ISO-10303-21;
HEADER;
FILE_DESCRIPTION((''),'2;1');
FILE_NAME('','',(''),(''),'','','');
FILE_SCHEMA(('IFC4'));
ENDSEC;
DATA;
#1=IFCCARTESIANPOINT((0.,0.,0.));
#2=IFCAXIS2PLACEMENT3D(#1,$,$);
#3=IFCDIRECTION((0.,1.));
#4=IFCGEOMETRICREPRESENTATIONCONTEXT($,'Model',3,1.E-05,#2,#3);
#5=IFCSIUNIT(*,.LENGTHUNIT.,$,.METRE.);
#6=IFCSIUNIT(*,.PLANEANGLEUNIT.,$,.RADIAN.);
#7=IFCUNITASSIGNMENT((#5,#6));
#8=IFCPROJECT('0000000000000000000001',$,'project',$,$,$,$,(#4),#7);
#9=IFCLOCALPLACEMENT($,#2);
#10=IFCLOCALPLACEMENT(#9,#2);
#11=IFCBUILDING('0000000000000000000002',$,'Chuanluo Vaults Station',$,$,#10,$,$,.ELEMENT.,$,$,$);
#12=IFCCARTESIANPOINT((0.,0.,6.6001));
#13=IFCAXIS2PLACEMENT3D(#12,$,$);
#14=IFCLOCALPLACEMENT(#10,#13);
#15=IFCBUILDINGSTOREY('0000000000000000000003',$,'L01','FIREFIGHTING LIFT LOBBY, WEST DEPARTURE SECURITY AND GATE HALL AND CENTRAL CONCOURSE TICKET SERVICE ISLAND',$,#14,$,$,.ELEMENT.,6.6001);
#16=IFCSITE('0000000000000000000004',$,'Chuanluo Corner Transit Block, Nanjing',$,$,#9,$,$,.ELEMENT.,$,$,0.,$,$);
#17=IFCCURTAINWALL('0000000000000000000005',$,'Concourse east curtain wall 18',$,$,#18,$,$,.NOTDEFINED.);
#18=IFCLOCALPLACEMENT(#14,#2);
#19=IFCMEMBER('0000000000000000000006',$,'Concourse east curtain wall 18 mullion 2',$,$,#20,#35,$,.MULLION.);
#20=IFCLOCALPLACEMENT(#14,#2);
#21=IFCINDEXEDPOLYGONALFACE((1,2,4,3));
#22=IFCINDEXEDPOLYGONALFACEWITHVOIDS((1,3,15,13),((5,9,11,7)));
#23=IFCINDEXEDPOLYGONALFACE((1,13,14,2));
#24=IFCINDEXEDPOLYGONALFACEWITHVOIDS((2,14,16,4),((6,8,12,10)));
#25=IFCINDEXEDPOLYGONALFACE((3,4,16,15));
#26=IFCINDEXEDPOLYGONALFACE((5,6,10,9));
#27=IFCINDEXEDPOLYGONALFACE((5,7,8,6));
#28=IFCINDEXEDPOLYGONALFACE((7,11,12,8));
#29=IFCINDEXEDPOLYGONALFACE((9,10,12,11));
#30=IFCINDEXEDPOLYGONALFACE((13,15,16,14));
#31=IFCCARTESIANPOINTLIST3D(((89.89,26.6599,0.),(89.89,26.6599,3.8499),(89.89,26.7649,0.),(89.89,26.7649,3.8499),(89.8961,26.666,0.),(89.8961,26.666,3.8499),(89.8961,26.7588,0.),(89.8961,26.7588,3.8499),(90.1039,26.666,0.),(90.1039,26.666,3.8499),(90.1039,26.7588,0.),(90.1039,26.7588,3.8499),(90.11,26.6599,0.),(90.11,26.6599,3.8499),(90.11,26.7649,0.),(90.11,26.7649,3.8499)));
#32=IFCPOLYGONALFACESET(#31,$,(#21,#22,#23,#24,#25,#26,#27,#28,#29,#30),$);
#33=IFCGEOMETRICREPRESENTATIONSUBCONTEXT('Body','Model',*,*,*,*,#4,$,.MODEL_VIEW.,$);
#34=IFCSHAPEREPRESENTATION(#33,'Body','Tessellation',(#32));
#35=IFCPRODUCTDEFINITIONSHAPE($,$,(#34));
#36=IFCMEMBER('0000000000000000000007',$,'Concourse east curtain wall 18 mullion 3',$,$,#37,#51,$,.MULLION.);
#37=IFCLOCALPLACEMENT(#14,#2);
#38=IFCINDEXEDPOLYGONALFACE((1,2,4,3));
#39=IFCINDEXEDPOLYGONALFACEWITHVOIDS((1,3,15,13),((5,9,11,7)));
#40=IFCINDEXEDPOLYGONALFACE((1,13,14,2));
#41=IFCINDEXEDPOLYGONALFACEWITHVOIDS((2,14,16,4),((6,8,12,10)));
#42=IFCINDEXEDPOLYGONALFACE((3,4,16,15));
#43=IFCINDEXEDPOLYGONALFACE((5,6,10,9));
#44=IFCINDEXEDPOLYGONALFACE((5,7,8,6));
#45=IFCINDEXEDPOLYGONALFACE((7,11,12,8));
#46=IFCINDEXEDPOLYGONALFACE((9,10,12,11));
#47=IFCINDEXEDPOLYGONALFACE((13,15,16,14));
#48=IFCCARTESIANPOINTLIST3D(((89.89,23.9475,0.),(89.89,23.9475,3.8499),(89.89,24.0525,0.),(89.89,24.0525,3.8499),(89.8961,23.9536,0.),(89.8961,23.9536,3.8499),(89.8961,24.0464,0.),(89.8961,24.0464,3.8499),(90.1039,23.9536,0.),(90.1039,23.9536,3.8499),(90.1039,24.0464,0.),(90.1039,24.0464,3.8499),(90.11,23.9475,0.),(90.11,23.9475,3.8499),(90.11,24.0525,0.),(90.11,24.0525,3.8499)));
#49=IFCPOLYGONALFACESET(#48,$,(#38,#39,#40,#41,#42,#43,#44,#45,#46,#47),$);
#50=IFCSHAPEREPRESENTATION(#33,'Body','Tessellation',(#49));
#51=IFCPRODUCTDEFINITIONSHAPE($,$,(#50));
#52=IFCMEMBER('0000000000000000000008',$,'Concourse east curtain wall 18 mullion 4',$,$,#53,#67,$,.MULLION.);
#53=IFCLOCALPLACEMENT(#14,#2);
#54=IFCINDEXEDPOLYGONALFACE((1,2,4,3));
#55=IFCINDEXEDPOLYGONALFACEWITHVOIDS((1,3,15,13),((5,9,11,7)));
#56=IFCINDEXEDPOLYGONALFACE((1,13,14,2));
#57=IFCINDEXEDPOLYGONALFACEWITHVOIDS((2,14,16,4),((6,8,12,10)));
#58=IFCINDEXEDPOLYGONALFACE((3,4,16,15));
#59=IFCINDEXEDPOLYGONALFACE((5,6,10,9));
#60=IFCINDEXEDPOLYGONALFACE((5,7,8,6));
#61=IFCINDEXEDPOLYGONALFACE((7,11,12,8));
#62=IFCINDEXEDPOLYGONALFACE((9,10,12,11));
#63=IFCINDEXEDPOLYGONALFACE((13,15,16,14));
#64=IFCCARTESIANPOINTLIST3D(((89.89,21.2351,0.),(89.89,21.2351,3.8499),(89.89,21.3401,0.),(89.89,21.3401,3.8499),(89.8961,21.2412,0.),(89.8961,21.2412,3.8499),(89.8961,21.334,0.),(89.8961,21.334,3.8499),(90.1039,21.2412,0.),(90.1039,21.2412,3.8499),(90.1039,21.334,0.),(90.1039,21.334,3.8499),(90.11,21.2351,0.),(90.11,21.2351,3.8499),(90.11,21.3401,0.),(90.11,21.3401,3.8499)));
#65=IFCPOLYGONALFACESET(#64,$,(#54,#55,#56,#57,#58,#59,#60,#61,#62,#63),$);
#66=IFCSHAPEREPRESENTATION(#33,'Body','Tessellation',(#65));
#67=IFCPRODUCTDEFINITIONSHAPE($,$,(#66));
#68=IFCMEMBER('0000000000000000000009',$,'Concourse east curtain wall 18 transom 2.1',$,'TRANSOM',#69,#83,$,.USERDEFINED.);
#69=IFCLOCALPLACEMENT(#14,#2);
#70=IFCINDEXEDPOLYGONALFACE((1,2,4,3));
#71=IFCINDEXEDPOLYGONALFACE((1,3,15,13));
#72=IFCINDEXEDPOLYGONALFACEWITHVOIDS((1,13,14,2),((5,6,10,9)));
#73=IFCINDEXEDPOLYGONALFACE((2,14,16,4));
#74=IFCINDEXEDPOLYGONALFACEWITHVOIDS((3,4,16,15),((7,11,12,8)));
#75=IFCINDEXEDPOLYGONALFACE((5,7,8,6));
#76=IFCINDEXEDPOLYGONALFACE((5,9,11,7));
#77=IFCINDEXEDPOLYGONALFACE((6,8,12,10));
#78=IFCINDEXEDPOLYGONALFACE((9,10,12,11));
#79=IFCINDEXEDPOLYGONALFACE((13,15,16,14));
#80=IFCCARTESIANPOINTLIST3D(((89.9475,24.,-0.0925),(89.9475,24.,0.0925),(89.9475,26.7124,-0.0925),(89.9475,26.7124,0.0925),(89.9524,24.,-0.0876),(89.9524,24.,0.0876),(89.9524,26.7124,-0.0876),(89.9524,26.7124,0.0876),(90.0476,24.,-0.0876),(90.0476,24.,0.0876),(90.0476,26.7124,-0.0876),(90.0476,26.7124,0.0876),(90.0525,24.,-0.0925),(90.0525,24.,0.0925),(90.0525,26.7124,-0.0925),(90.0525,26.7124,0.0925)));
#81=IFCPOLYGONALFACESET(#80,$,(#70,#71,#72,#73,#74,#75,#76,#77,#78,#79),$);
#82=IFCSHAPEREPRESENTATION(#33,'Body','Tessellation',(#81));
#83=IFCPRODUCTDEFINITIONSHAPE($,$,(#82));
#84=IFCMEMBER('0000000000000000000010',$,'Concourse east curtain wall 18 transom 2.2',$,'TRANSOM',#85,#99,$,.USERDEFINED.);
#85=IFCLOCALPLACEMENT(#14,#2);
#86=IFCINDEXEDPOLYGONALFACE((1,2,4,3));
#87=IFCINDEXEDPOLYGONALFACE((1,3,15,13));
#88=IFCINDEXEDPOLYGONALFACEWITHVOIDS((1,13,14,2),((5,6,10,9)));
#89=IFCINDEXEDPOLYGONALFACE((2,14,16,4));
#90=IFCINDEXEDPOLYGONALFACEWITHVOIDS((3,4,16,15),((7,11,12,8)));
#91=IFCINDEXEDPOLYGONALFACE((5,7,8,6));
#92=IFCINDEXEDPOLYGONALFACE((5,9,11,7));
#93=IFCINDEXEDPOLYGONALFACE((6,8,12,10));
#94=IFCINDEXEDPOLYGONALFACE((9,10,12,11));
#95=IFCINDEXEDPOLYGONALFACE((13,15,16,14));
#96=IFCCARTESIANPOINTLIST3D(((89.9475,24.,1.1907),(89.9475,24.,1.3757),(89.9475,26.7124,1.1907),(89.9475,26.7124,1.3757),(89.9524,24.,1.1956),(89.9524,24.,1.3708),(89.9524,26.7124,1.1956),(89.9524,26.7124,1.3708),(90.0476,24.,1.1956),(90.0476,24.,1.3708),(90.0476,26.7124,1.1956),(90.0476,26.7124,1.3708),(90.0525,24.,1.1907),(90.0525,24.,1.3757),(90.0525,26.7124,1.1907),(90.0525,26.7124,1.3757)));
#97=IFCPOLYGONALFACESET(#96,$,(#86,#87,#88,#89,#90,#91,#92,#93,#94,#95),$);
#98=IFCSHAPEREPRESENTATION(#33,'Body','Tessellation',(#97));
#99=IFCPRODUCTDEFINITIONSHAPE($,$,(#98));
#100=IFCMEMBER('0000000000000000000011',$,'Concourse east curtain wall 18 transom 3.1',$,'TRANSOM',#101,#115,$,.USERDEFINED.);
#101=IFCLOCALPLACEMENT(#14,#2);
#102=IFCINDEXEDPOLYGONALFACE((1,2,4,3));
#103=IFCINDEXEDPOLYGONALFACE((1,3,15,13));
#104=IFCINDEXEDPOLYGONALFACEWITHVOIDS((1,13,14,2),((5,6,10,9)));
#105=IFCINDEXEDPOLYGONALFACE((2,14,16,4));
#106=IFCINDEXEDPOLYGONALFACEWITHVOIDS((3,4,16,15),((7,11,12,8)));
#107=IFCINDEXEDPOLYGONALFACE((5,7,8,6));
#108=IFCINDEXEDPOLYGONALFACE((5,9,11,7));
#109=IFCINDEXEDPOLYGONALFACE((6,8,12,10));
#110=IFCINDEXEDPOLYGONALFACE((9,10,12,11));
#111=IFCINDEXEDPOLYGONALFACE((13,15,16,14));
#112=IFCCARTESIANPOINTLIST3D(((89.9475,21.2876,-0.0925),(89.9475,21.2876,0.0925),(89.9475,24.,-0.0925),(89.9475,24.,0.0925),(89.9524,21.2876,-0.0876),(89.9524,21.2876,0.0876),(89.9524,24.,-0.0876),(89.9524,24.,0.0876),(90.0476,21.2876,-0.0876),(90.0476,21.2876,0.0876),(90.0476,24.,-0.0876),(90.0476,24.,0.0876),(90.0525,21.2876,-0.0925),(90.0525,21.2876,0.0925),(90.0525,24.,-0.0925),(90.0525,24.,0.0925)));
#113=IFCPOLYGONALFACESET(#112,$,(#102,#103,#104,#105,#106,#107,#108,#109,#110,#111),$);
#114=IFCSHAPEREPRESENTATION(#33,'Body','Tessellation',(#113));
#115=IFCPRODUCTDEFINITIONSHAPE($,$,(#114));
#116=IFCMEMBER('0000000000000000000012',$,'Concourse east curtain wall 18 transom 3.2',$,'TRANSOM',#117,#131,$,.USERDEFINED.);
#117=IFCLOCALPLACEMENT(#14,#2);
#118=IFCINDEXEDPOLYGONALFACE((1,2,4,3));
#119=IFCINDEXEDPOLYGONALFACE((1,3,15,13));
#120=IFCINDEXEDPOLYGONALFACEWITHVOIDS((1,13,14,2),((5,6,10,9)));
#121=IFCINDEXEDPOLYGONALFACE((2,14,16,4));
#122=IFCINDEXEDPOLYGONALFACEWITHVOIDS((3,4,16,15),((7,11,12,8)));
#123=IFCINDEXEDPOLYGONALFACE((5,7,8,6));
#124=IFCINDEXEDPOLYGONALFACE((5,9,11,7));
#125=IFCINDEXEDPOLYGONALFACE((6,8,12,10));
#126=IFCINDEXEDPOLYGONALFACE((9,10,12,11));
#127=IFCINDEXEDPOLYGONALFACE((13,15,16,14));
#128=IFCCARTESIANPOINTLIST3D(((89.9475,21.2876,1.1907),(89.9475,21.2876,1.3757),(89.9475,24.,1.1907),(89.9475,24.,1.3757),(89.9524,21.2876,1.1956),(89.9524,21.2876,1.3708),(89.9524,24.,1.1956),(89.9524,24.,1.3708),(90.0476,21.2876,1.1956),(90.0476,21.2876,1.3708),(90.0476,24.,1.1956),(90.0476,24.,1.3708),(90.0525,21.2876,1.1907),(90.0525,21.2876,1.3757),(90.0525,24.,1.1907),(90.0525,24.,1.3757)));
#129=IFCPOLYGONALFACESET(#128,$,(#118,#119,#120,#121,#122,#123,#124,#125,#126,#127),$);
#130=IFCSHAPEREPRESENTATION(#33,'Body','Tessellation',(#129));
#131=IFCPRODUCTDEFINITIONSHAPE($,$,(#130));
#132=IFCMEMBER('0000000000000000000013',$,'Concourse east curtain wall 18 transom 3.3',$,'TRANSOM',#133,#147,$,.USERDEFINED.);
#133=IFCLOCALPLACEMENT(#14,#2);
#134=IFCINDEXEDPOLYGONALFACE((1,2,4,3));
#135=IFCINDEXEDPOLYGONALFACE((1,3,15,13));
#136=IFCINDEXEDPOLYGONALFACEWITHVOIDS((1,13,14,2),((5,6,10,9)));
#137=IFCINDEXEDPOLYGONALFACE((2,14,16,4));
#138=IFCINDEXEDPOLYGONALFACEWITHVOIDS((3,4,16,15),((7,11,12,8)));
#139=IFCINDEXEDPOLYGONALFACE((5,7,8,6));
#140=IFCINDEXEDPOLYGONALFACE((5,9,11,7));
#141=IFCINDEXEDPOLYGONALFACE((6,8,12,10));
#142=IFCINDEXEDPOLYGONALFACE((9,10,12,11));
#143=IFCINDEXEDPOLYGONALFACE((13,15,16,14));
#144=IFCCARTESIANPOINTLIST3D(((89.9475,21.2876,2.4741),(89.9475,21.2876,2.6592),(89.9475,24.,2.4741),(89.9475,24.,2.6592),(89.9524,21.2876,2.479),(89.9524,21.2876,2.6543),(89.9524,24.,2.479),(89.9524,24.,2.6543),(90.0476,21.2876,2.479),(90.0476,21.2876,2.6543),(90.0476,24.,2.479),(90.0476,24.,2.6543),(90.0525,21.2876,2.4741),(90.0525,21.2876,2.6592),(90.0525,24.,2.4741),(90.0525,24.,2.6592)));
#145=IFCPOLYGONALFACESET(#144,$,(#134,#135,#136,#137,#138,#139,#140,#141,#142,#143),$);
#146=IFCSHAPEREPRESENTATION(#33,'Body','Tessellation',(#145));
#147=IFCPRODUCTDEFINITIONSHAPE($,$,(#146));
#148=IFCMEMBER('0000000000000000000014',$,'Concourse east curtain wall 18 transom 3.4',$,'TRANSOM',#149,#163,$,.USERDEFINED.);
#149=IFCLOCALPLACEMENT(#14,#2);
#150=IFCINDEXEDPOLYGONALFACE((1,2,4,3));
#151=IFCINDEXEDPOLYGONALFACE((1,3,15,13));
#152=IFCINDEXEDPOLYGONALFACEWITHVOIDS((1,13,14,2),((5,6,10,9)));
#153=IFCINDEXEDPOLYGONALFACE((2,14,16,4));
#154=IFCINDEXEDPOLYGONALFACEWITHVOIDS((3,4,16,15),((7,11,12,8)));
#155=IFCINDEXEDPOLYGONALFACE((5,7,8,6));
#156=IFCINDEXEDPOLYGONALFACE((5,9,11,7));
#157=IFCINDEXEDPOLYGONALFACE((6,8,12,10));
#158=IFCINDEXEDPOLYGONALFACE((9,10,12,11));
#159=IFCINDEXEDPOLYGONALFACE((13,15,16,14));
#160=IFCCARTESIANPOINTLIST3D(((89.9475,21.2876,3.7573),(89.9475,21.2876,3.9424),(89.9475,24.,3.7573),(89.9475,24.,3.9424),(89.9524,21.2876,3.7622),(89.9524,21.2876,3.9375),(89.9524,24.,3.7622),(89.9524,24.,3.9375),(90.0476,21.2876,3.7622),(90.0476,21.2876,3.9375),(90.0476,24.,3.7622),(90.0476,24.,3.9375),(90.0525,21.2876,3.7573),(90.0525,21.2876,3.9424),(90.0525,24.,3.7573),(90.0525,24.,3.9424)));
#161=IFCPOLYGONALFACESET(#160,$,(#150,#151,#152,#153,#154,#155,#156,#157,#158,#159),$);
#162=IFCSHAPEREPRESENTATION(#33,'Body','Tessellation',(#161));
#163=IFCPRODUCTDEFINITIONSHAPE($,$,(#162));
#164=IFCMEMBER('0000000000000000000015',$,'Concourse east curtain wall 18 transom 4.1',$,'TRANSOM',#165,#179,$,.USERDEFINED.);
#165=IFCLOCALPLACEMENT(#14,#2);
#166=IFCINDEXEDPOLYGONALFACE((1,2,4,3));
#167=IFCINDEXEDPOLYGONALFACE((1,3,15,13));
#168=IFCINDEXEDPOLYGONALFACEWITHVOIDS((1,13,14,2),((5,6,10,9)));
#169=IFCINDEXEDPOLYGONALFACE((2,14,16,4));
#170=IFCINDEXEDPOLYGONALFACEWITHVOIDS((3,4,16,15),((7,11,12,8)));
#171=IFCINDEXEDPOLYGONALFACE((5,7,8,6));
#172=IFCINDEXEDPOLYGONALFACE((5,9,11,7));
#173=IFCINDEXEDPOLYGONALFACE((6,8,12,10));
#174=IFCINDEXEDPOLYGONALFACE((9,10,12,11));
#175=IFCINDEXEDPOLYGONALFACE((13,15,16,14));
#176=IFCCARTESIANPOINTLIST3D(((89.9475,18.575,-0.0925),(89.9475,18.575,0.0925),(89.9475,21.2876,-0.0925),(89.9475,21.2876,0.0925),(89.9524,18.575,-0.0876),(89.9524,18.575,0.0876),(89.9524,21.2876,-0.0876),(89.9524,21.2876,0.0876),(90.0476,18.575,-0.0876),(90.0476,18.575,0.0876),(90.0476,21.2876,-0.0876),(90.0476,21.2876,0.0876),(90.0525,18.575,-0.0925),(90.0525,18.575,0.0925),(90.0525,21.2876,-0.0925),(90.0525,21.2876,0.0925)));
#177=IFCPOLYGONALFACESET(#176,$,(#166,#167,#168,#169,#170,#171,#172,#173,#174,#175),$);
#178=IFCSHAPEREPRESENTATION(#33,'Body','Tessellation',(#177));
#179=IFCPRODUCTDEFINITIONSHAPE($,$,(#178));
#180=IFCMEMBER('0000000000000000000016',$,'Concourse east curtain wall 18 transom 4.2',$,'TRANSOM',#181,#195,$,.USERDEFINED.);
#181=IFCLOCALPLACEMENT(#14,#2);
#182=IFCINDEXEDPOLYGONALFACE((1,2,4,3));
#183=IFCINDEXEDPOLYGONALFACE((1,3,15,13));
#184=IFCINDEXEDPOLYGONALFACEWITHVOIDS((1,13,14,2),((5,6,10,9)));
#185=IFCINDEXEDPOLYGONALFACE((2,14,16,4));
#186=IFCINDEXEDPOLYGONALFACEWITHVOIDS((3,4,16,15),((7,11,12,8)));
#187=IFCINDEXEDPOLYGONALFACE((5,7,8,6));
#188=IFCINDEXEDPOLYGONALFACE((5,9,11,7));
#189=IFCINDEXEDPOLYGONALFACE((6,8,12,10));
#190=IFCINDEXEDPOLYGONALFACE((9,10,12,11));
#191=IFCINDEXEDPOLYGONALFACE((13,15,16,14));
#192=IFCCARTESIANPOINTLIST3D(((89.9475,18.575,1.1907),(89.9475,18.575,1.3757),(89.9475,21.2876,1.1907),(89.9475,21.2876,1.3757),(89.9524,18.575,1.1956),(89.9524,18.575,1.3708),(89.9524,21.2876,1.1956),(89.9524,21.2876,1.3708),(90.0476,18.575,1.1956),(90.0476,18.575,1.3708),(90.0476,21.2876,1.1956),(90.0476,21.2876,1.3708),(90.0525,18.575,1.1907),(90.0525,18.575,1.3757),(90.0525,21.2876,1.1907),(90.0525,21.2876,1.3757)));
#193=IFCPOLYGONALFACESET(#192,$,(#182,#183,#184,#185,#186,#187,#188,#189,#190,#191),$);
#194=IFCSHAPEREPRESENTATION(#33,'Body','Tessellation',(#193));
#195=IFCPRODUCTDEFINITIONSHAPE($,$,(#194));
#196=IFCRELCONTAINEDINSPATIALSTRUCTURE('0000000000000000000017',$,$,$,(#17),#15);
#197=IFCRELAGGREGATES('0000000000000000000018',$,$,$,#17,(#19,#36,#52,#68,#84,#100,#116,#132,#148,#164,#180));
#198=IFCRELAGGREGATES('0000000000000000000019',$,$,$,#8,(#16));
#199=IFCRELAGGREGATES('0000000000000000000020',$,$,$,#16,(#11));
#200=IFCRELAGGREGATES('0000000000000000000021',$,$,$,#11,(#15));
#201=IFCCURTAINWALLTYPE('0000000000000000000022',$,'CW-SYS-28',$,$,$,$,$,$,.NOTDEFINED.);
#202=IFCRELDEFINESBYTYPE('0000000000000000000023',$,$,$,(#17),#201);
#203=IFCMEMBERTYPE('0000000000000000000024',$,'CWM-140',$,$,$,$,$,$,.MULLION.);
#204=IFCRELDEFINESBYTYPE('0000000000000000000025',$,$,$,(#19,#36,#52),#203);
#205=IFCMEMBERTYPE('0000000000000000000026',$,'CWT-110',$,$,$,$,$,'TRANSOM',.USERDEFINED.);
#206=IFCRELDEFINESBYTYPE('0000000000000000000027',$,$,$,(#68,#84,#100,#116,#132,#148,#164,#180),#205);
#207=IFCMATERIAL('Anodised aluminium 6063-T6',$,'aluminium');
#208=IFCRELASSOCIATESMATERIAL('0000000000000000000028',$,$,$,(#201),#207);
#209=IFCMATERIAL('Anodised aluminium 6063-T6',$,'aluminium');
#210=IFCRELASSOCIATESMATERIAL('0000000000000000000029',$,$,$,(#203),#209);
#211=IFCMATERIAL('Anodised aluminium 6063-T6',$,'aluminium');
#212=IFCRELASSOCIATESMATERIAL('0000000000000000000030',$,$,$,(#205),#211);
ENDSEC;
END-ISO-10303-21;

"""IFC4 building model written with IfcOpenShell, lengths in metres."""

from ifc_helpers import new_model, si_unit, direction, frame, origin, origin_2d, place, context, subcontext, project, spatial, hollow_rectangle, extrude, material, material_profile, profile_set, type_object, element, aggregate, save


model = new_model("IFC4")

# Units and contexts
model_context = context("Model", 3, precision=1e-05, world=origin(), true_north=direction((0.0, 1.0)))
body_context = subcontext(model_context, "Body", "Model", "MODEL_VIEW")
ifc_project = project(units=[si_unit("LENGTHUNIT", "METRE"), si_unit("PLANEANGLEUNIT", "RADIAN")], contexts=[model_context])

# Site, building, storey
site_placement = place(None, origin())
site = spatial("IfcSite", under=ifc_project, at=site_placement, Name="Chuanluo Corner Transit Block, Nanjing", CompositionType="ELEMENT", RefElevation=0.0)
building_placement = place(site_placement, origin())
building = spatial("IfcBuilding", under=site, at=building_placement, Name="Chuanluo Vaults Station", CompositionType="ELEMENT")
storey_placement = place(building_placement, frame((0.0, 0.0, 6.6001)))
storey = spatial("IfcBuildingStorey", under=building, at=storey_placement, Name="L01", Description="FIREFIGHTING LIFT LOBBY, WEST DEPARTURE SECURITY AND GATE HALL AND CENTRAL CONCOURSE TICKET SERVICE ISLAND", CompositionType="ELEMENT", Elevation=6.6001)

# Curtain wall, members
ifc_material_1 = material(Name="Anodised aluminium 6063-T6", Category="aluminium")
curtain_wall_type = type_object("IfcCurtainWallType", Name="CW-SYS-28", PredefinedType="NOTDEFINED", material=ifc_material_1)
curtain_wall_placement = place(storey_placement, origin())
curtain_wall = element("IfcCurtainWall", 1, at=curtain_wall_placement, inside=storey, type_object=curtain_wall_type, Name="Concourse east curtain wall 18", PredefinedType="NOTDEFINED")
ifc_material_2 = material(Name="Anodised aluminium 6063-T6", Category="aluminium")
ifc_material_profile_1 = material_profile(ifc_material_2, hollow_rectangle(XDim=0.105, YDim=0.22, WallThickness=0.0061, at=origin_2d()))
ifc_profile_set_1 = profile_set([ifc_material_profile_1], Name="Anodised aluminium 6063-T6")
member_type_1 = type_object("IfcMemberType", Name="CWM-140", PredefinedType="MULLION", material=ifc_profile_set_1)
member_1_placement = place(storey_placement, frame((90.0, 26.7124, 0.0), z_axis=(0.0, 0.0, 1.0), x_axis=(0.0, -1.0, 0.0)))
member_1 = element("IfcMember", 2, at=member_1_placement, type_object=member_type_1, Name="Concourse east curtain wall 18 mullion 2", PredefinedType="MULLION", context=body_context, shape_type="SweptSolid", body=[
    extrude(hollow_rectangle(XDim=0.105, YDim=0.22, WallThickness=0.0061, at=origin_2d()), origin(), (0.0, 0.0, 1.0), 3.8499),
])
member_2_placement = place(storey_placement, frame((90.0, 24.0, 0.0), z_axis=(0.0, 0.0, 1.0), x_axis=(0.0, -1.0, 0.0)))
member_2 = element("IfcMember", 3, at=member_2_placement, type_object=member_type_1, Name="Concourse east curtain wall 18 mullion 3", PredefinedType="MULLION", context=body_context, shape_type="SweptSolid", body=[
    extrude(hollow_rectangle(XDim=0.105, YDim=0.22, WallThickness=0.0061, at=origin_2d()), origin(), (0.0, 0.0, 1.0), 3.8499),
])
member_3_placement = place(storey_placement, frame((90.0, 21.2876, 0.0), z_axis=(0.0, 0.0, 1.0), x_axis=(0.0, -1.0, 0.0)))
member_3 = element("IfcMember", 4, at=member_3_placement, type_object=member_type_1, Name="Concourse east curtain wall 18 mullion 4", PredefinedType="MULLION", context=body_context, shape_type="SweptSolid", body=[
    extrude(hollow_rectangle(XDim=0.105, YDim=0.22, WallThickness=0.0061, at=origin_2d()), origin(), (0.0, 0.0, 1.0), 3.8499),
])
ifc_material_3 = material(Name="Anodised aluminium 6063-T6", Category="aluminium")
ifc_material_profile_2 = material_profile(ifc_material_3, hollow_rectangle(XDim=0.105, YDim=0.1851, WallThickness=0.0049, at=origin_2d()))
ifc_profile_set_2 = profile_set([ifc_material_profile_2], Name="Anodised aluminium 6063-T6")
member_type_2 = type_object("IfcMemberType", Name="CWT-110", ElementType="TRANSOM", PredefinedType="USERDEFINED", material=ifc_profile_set_2)
member_4_placement = place(storey_placement, frame((90.0, 26.7124, 0.0), z_axis=(0.0, -1.0, 0.0), x_axis=(1.0, 0.0, 0.0)))
member_4 = element("IfcMember", 5, at=member_4_placement, type_object=member_type_2, Name="Concourse east curtain wall 18 transom 2.1", ObjectType="TRANSOM", PredefinedType="USERDEFINED", context=body_context, shape_type="SweptSolid", body=[
    extrude(hollow_rectangle(XDim=0.105, YDim=0.1851, WallThickness=0.0049, at=origin_2d()), origin(), (0.0, 0.0, 1.0), 2.7124),
])
member_5_placement = place(storey_placement, frame((90.0, 26.7124, 1.2832), z_axis=(0.0, -1.0, 0.0), x_axis=(1.0, 0.0, 0.0)))
member_5 = element("IfcMember", 6, at=member_5_placement, type_object=member_type_2, Name="Concourse east curtain wall 18 transom 2.2", ObjectType="TRANSOM", PredefinedType="USERDEFINED", context=body_context, shape_type="SweptSolid", body=[
    extrude(hollow_rectangle(XDim=0.105, YDim=0.1851, WallThickness=0.0049, at=origin_2d()), origin(), (0.0, 0.0, 1.0), 2.7124),
])
member_6_placement = place(storey_placement, frame((90.0, 24.0, 0.0), z_axis=(0.0, -1.0, 0.0), x_axis=(1.0, 0.0, 0.0)))
member_6 = element("IfcMember", 7, at=member_6_placement, type_object=member_type_2, Name="Concourse east curtain wall 18 transom 3.1", ObjectType="TRANSOM", PredefinedType="USERDEFINED", context=body_context, shape_type="SweptSolid", body=[
    extrude(hollow_rectangle(XDim=0.105, YDim=0.1851, WallThickness=0.0049, at=origin_2d()), origin(), (0.0, 0.0, 1.0), 2.7124),
])
member_7_placement = place(storey_placement, frame((90.0, 24.0, 1.2832), z_axis=(0.0, -1.0, 0.0), x_axis=(1.0, 0.0, 0.0)))
member_7 = element("IfcMember", 8, at=member_7_placement, type_object=member_type_2, Name="Concourse east curtain wall 18 transom 3.2", ObjectType="TRANSOM", PredefinedType="USERDEFINED", context=body_context, shape_type="SweptSolid", body=[
    extrude(hollow_rectangle(XDim=0.105, YDim=0.1851, WallThickness=0.0049, at=origin_2d()), origin(), (0.0, 0.0, 1.0), 2.7124),
])
member_8_placement = place(storey_placement, frame((90.0, 24.0, 2.5667), z_axis=(0.0, -1.0, 0.0), x_axis=(1.0, 0.0, 0.0)))
member_8 = element("IfcMember", 9, at=member_8_placement, type_object=member_type_2, Name="Concourse east curtain wall 18 transom 3.3", ObjectType="TRANSOM", PredefinedType="USERDEFINED", context=body_context, shape_type="SweptSolid", body=[
    extrude(hollow_rectangle(XDim=0.105, YDim=0.1851, WallThickness=0.0049, at=origin_2d()), origin(), (0.0, 0.0, 1.0), 2.7124),
])
member_9_placement = place(storey_placement, frame((90.0, 24.0, 3.8499), z_axis=(0.0, -1.0, 0.0), x_axis=(1.0, 0.0, 0.0)))
member_9 = element("IfcMember", 10, at=member_9_placement, type_object=member_type_2, Name="Concourse east curtain wall 18 transom 3.4", ObjectType="TRANSOM", PredefinedType="USERDEFINED", context=body_context, shape_type="SweptSolid", body=[
    extrude(hollow_rectangle(XDim=0.105, YDim=0.1851, WallThickness=0.0049, at=origin_2d()), origin(), (0.0, 0.0, 1.0), 2.7124),
])
member_10_placement = place(storey_placement, frame((90.0, 21.2876, 0.0), z_axis=(0.0, -1.0, 0.0), x_axis=(1.0, 0.0, 0.0)))
member_10 = element("IfcMember", 11, at=member_10_placement, type_object=member_type_2, Name="Concourse east curtain wall 18 transom 4.1", ObjectType="TRANSOM", PredefinedType="USERDEFINED", context=body_context, shape_type="SweptSolid", body=[
    extrude(hollow_rectangle(XDim=0.105, YDim=0.1851, WallThickness=0.0049, at=origin_2d()), origin(), (0.0, 0.0, 1.0), 2.7126),
])
member_11_placement = place(storey_placement, frame((90.0, 21.2876, 1.2832), z_axis=(0.0, -1.0, 0.0), x_axis=(1.0, 0.0, 0.0)))
member_11 = element("IfcMember", 12, at=member_11_placement, type_object=member_type_2, Name="Concourse east curtain wall 18 transom 4.2", ObjectType="TRANSOM", PredefinedType="USERDEFINED", context=body_context, shape_type="SweptSolid", body=[
    extrude(hollow_rectangle(XDim=0.105, YDim=0.1851, WallThickness=0.0049, at=origin_2d()), origin(), (0.0, 0.0, 1.0), 2.7126),
])
aggregate(curtain_wall, [member_1, member_2, member_3, member_4, member_5, member_6, member_7, member_8, member_9, member_10, member_11])

save(model, "model.ifc")
